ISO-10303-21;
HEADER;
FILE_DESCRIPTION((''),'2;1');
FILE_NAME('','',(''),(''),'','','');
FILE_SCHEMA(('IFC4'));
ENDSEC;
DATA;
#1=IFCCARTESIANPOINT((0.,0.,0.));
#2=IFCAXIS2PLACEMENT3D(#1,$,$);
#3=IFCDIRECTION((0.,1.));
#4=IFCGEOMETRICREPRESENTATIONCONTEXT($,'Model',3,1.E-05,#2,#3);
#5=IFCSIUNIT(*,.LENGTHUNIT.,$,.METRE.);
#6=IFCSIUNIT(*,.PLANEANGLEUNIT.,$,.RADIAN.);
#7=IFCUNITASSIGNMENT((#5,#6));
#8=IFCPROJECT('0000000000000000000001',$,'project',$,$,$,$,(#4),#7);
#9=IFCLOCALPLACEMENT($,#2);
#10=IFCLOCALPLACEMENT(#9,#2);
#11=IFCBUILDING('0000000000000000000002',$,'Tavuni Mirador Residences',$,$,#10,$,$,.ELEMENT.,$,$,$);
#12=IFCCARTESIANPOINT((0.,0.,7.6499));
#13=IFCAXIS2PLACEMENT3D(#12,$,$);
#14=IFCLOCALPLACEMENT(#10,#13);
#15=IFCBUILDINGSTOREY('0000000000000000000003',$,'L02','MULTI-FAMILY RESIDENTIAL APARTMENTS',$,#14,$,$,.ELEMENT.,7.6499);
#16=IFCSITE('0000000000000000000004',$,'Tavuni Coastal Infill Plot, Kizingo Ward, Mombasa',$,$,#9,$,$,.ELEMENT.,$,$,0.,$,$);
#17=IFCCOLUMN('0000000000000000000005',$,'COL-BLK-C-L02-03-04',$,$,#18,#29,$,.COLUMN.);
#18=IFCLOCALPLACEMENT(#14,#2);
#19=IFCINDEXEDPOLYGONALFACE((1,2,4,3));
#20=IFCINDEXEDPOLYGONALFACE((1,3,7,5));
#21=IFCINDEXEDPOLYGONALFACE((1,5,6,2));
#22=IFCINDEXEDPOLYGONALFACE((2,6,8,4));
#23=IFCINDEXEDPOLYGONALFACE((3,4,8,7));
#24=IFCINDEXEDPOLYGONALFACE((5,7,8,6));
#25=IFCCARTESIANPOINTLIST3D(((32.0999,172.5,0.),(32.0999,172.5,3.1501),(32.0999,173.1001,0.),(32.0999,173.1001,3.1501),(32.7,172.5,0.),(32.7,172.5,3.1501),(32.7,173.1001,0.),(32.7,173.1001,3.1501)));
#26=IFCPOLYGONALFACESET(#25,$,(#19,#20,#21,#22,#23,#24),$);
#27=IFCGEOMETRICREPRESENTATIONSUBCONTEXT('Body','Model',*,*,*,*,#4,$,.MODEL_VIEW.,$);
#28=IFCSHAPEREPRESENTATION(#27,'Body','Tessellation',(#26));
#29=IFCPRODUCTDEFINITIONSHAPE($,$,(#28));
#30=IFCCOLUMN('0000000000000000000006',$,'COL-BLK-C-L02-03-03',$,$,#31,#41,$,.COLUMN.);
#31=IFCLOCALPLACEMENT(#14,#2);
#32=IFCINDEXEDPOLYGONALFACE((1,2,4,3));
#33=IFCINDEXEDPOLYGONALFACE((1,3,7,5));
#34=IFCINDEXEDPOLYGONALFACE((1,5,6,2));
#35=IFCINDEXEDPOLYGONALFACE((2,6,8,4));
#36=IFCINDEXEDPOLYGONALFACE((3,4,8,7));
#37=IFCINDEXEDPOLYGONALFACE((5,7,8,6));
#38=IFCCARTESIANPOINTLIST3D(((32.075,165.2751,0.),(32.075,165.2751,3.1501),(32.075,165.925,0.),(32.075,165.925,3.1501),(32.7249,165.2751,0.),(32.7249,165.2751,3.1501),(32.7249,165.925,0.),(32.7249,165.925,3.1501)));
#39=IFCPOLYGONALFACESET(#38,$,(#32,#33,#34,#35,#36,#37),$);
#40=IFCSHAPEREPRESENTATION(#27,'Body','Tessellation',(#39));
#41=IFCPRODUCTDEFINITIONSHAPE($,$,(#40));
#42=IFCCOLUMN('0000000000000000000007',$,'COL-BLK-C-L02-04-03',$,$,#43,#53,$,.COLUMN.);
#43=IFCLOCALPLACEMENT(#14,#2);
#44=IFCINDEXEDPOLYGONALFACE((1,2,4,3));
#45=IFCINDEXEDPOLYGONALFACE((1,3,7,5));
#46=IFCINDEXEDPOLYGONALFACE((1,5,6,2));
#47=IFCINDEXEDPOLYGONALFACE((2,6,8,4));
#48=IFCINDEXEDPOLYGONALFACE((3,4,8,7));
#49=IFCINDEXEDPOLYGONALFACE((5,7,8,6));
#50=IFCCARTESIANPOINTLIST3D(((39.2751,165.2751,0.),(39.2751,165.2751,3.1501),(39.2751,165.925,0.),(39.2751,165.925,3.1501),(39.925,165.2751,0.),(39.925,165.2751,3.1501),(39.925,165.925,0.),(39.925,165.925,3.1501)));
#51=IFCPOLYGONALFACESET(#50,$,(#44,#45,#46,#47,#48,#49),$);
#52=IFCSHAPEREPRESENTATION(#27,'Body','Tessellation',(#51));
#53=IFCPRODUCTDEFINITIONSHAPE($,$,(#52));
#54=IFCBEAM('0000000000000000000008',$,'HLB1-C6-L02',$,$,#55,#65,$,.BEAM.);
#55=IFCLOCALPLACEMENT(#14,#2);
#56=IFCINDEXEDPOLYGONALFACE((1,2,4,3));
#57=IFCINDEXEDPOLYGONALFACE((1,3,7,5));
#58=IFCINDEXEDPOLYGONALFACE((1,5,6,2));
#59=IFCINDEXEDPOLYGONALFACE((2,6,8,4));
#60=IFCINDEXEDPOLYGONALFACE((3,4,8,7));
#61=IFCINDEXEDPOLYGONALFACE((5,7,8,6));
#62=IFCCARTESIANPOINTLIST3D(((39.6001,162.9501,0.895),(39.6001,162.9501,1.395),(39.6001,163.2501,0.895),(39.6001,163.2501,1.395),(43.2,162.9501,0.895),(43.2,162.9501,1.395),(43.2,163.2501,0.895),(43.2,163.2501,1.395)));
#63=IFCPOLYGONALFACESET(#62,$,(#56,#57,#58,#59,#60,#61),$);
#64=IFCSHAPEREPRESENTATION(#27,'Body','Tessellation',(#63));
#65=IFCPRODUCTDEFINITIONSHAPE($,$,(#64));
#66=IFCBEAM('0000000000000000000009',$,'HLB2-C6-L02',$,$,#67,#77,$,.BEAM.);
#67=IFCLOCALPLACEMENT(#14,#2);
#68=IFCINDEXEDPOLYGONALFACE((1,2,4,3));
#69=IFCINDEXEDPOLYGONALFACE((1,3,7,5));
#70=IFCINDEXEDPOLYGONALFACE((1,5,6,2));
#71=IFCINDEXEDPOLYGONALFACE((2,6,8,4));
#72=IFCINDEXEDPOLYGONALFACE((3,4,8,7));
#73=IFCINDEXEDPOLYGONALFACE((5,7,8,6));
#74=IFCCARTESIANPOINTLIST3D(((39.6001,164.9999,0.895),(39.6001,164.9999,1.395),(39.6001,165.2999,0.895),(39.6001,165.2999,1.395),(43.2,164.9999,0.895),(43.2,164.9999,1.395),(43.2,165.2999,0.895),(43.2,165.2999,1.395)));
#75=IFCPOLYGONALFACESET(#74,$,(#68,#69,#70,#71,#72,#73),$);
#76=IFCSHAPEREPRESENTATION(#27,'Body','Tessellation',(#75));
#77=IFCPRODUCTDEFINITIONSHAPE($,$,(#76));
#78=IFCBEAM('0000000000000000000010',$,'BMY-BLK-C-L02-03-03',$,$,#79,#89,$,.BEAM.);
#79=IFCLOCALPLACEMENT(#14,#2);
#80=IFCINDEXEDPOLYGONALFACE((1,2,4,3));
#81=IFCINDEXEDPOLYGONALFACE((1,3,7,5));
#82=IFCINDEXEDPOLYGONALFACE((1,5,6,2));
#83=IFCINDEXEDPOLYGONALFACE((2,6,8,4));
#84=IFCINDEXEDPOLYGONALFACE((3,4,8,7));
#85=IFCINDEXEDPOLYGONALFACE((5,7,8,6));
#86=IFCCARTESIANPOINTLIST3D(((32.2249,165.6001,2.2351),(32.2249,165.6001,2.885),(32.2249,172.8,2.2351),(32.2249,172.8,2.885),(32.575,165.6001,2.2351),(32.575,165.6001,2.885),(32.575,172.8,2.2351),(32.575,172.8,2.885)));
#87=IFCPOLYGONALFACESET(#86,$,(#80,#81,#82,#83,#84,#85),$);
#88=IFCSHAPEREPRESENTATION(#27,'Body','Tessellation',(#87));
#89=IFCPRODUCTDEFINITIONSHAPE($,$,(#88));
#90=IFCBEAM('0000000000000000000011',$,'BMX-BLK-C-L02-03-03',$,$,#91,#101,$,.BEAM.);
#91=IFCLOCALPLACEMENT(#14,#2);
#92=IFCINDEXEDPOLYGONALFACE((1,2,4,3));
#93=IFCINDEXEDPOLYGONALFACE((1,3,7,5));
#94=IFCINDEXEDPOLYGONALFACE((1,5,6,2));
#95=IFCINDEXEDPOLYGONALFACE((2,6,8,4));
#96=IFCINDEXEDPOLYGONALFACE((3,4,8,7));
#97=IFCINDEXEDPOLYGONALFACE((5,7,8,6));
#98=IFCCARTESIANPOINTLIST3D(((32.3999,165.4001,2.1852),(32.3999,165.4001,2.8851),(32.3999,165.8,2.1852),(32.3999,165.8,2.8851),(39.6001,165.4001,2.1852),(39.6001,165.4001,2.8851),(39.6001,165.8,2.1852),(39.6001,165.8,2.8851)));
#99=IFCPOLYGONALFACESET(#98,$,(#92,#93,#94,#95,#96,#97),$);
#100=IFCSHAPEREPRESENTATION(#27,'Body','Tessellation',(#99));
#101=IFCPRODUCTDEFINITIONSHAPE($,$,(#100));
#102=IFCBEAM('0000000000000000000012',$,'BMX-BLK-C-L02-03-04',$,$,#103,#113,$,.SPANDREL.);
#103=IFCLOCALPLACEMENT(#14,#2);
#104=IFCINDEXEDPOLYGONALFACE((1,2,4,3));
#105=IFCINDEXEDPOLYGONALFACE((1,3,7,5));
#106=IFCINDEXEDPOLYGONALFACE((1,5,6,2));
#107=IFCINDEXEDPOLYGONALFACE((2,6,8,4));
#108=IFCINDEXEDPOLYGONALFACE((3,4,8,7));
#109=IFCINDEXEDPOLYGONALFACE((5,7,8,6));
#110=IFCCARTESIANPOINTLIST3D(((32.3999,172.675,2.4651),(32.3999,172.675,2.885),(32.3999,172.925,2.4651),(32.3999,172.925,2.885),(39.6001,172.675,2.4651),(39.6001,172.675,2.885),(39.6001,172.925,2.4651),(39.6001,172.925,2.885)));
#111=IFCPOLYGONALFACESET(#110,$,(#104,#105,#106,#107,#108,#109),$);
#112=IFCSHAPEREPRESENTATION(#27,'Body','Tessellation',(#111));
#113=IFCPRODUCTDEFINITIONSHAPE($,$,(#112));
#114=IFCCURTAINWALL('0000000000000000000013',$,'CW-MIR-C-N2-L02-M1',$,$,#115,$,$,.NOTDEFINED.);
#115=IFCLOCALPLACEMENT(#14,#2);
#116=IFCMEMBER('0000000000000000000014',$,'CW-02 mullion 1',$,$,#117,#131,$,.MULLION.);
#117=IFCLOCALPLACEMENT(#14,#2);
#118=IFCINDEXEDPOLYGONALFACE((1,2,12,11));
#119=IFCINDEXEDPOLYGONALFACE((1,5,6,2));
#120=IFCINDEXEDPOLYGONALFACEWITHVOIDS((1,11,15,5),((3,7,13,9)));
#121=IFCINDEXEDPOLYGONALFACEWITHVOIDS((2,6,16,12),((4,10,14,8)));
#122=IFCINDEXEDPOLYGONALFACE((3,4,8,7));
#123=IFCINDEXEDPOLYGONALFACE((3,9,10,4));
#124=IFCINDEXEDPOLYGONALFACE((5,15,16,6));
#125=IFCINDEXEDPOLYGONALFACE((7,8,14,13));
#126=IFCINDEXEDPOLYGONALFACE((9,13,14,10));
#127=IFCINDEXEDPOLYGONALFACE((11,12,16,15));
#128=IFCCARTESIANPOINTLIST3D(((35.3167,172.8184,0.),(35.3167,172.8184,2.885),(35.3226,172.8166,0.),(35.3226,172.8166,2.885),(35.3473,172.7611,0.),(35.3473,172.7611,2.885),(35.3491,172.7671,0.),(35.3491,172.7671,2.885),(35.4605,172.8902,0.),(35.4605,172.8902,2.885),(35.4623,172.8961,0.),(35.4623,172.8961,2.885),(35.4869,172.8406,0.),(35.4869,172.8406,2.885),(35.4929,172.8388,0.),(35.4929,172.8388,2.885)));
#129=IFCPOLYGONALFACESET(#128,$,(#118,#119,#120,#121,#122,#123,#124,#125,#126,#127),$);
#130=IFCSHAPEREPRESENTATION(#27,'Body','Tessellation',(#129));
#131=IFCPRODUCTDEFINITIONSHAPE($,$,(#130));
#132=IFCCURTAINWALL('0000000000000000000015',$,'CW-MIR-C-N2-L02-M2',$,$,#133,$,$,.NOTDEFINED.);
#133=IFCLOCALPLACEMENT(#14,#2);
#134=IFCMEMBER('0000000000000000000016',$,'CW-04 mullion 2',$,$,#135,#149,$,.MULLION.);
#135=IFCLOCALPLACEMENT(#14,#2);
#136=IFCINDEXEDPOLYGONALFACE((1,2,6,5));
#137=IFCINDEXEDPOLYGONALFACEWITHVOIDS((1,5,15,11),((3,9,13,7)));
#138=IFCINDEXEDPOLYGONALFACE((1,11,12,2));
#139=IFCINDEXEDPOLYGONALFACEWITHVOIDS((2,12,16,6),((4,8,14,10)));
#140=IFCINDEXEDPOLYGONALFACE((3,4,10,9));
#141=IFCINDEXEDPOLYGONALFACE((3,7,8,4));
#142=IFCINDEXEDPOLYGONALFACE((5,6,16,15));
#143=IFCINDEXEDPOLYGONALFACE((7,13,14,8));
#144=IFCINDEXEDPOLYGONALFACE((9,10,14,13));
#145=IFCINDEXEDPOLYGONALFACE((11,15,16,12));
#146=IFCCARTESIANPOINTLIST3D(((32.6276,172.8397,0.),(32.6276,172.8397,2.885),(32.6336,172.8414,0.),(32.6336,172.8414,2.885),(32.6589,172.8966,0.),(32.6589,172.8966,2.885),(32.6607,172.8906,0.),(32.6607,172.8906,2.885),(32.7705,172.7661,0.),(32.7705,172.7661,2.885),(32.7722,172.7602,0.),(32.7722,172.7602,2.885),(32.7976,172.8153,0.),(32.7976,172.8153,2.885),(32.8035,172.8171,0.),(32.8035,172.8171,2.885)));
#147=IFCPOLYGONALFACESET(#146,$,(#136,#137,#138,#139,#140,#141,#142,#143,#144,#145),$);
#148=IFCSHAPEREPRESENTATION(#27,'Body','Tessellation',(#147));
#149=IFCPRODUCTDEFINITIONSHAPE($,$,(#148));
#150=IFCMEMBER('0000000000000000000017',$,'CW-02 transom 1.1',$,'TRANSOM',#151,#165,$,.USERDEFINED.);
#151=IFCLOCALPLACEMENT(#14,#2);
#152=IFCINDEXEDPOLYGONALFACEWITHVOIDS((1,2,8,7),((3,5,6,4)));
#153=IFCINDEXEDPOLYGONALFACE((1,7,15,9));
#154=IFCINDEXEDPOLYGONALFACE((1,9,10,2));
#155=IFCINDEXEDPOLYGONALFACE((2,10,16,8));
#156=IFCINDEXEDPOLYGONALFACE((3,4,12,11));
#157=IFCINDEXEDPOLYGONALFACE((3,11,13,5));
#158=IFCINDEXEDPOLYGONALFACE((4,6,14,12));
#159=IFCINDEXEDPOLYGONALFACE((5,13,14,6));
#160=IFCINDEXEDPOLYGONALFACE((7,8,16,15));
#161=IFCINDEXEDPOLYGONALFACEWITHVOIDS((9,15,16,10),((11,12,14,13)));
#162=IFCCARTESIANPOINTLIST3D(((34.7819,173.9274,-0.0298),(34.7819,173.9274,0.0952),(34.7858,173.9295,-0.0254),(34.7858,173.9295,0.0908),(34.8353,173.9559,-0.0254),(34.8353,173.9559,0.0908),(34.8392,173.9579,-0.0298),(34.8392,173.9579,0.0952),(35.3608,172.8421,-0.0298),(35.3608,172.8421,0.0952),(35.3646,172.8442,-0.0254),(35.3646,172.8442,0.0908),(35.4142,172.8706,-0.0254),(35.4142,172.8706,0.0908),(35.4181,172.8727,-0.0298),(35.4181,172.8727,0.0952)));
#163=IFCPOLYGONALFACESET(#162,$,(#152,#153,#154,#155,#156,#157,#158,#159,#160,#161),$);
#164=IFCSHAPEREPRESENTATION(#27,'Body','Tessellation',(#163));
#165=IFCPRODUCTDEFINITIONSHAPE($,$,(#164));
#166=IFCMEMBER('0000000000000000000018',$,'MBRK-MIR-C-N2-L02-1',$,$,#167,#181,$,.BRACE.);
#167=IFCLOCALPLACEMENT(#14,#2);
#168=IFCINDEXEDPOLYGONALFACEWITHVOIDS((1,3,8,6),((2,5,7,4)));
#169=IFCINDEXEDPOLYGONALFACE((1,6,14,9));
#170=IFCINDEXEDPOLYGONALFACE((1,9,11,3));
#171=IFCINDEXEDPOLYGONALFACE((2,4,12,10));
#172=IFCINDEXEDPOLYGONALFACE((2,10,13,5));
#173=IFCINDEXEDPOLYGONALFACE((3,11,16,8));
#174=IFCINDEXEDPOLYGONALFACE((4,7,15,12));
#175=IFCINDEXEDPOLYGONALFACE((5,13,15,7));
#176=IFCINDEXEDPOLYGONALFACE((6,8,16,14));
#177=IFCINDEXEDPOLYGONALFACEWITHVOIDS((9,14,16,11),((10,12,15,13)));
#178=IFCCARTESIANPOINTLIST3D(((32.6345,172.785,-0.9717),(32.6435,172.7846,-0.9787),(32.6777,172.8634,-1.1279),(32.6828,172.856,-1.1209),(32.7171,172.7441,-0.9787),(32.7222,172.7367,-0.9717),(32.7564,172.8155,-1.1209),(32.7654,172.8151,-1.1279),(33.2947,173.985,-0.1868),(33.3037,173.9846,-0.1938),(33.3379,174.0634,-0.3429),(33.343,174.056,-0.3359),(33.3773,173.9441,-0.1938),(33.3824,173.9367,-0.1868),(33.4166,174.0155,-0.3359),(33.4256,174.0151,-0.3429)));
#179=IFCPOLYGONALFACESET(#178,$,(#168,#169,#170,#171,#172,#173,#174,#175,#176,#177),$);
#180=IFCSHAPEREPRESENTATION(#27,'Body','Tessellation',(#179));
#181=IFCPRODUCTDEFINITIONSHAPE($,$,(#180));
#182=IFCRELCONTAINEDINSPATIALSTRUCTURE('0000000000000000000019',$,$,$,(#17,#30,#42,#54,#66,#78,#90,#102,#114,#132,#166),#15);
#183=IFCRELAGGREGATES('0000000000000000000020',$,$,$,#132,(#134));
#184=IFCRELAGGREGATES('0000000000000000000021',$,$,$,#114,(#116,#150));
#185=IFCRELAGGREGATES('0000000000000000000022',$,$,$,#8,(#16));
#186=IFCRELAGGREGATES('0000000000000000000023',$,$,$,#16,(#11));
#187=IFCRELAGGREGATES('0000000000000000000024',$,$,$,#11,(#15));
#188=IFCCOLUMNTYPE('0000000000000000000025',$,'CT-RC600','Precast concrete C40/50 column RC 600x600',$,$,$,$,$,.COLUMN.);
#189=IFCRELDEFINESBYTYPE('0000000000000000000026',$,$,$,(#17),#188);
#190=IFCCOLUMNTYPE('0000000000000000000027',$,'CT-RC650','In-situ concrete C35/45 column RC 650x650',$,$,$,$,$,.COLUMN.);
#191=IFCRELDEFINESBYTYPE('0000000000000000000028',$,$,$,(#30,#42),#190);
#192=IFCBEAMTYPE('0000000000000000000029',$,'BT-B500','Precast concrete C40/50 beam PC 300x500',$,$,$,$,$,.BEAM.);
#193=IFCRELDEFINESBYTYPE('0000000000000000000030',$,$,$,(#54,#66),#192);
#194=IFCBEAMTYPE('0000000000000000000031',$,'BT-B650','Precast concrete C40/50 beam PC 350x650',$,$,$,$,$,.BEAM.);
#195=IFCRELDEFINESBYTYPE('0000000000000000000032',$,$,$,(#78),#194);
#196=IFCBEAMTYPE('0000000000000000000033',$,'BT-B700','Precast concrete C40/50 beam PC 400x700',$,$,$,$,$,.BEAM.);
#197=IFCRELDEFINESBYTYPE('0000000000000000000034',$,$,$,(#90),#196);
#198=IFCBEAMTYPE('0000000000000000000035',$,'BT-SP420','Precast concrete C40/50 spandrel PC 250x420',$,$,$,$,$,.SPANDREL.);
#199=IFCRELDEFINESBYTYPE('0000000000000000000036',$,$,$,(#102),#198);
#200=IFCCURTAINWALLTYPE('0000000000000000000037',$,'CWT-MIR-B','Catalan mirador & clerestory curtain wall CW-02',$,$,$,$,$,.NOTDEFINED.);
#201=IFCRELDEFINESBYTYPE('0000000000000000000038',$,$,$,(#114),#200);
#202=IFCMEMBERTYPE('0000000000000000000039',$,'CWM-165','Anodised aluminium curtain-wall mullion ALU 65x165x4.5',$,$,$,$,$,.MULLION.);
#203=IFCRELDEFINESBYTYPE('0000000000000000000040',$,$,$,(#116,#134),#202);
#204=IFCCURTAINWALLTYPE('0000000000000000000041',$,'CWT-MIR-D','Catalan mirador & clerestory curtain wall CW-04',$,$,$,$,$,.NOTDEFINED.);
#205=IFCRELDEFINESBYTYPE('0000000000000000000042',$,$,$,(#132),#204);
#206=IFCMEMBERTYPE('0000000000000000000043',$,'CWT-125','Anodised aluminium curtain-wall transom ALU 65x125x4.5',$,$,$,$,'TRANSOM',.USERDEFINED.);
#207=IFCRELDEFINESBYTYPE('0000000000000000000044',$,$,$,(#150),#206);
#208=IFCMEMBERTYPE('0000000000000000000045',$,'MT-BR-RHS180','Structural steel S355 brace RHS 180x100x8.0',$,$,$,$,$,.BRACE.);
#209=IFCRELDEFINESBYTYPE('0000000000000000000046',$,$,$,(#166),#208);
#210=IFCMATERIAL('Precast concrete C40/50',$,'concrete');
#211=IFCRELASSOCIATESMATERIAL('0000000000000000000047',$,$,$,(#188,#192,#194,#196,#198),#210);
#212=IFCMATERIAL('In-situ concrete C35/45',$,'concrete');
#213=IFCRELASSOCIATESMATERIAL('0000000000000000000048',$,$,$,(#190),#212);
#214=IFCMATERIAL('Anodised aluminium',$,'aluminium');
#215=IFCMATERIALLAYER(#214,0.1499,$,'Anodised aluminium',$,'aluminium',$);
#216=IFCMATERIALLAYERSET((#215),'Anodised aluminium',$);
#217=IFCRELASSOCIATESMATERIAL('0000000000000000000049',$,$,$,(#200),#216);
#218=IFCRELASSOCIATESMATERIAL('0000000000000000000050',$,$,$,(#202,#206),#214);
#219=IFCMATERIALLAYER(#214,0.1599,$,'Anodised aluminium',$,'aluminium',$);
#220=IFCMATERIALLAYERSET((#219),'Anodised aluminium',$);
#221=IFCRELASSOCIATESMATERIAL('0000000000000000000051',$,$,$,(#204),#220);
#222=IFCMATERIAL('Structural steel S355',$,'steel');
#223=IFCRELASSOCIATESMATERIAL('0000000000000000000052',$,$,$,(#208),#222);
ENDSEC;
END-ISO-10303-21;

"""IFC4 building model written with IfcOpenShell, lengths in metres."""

from ifc_helpers import new_model, si_unit, direction, frame, origin, origin_2d, place, context, subcontext, project, spatial, rectangle, hollow_rectangle, extrude, material, layer, layer_set, material_profile, profile_set, type_object, element, aggregate, save


model = new_model("IFC4")

# Units and contexts
model_context = context("Model", 3, precision=1e-05, world=origin(), true_north=direction((0.0, 1.0)))
body_context = subcontext(model_context, "Body", "Model", "MODEL_VIEW")
ifc_project = project(units=[si_unit("LENGTHUNIT", "METRE"), si_unit("PLANEANGLEUNIT", "RADIAN")], contexts=[model_context])

# Site, building, storey
site_placement = place(None, origin())
site = spatial("IfcSite", under=ifc_project, at=site_placement, Name="Tavuni Coastal Infill Plot, Kizingo Ward, Mombasa", CompositionType="ELEMENT", RefElevation=0.0)
building_placement = place(site_placement, origin())
building = spatial("IfcBuilding", under=site, at=building_placement, Name="Tavuni Mirador Residences", CompositionType="ELEMENT")
storey_placement = place(building_placement, frame((0.0, 0.0, 7.6499)))
storey = spatial("IfcBuildingStorey", under=building, at=storey_placement, Name="L02", Description="MULTI-FAMILY RESIDENTIAL APARTMENTS", CompositionType="ELEMENT", Elevation=7.6499)

# Columns
ifc_material_1 = material(Name="Precast concrete C40/50", Category="concrete")
ifc_material_profile_1 = material_profile(ifc_material_1, rectangle(XDim=0.6001, YDim=0.6001, at=origin_2d()), Name="RC 600x600", Category="concrete")
ifc_profile_set_1 = profile_set([ifc_material_profile_1], Name="Precast concrete C40/50")
column_type_1 = type_object("IfcColumnType", Name="CT-RC600", Description="Precast concrete C40/50 column RC 600x600", PredefinedType="COLUMN", material=ifc_profile_set_1)
column_placement = place(storey_placement, frame((32.3999, 172.8, 0.0), z_axis=(0.0, 0.0, 1.0), x_axis=(1.0, 0.0, 0.0)))
element("IfcColumn", 1, at=column_placement, inside=storey, type_object=column_type_1, Name="COL-BLK-C-L02-03-04", PredefinedType="COLUMN", context=body_context, shape_type="SweptSolid", body=[
    extrude(rectangle(XDim=0.6001, YDim=0.6001, at=origin_2d()), origin(), (0.0, 0.0, 1.0), 3.1501),
])
ifc_material_2 = material(Name="In-situ concrete C35/45", Category="concrete")
ifc_material_profile_2 = material_profile(ifc_material_2, rectangle(XDim=0.6499, YDim=0.6499, at=origin_2d()), Name="RC 650x650", Category="concrete")
ifc_profile_set_2 = profile_set([ifc_material_profile_2], Name="In-situ concrete C35/45")
column_type_2 = type_object("IfcColumnType", Name="CT-RC650", Description="In-situ concrete C35/45 column RC 650x650", PredefinedType="COLUMN", material=ifc_profile_set_2)
for number, where, z_axis, x_axis, name in (
    (2, (32.3999, 165.6001, 0.0), (0.0, 0.0, 1.0), (1.0, 0.0, 0.0), "COL-BLK-C-L02-03-03"),
    (3, (39.6001, 165.6001, 0.0), (0.0, 0.0, 1.0), (1.0, 0.0, 0.0), "COL-BLK-C-L02-04-03"),
):
    element("IfcColumn", number, at=place(storey_placement, frame(where, z_axis=z_axis, x_axis=x_axis)), inside=storey, type_object=column_type_2, Name=name, PredefinedType="COLUMN", context=body_context, shape_type="SweptSolid", body=[
        extrude(rectangle(XDim=0.6499, YDim=0.6499, at=origin_2d()), origin(), (0.0, 0.0, 1.0), 3.1501),
    ])

# Beams
ifc_material_profile_3 = material_profile(ifc_material_1, rectangle(XDim=0.3, YDim=0.5, at=origin_2d()), Name="PC 300x500", Category="concrete")
ifc_profile_set_3 = profile_set([ifc_material_profile_3], Name="Precast concrete C40/50")
beam_type_1 = type_object("IfcBeamType", Name="BT-B500", Description="Precast concrete C40/50 beam PC 300x500", PredefinedType="BEAM", material=ifc_profile_set_3)
for number, where, z_axis, x_axis, name in (
    (4, (39.6001, 163.1001, 1.145), (1.0, 0.0, 0.0), (0.0, 1.0, 0.0), "HLB1-C6-L02"),
    (5, (39.6001, 165.1499, 1.145), (1.0, 0.0, 0.0), (0.0, 1.0, 0.0), "HLB2-C6-L02"),
):
    element("IfcBeam", number, at=place(storey_placement, frame(where, z_axis=z_axis, x_axis=x_axis)), inside=storey, type_object=beam_type_1, Name=name, PredefinedType="BEAM", context=body_context, shape_type="SweptSolid", body=[
        extrude(rectangle(XDim=0.3, YDim=0.5, at=origin_2d()), origin(), (0.0, 0.0, 1.0), 3.5999),
    ])
ifc_material_profile_4 = material_profile(ifc_material_1, rectangle(XDim=0.3501, YDim=0.6499, at=origin_2d()), Name="PC 350x650", Category="concrete")
ifc_profile_set_4 = profile_set([ifc_material_profile_4], Name="Precast concrete C40/50")
beam_type_2 = type_object("IfcBeamType", Name="BT-B650", Description="Precast concrete C40/50 beam PC 350x650", PredefinedType="BEAM", material=ifc_profile_set_4)
beam_1_placement = place(storey_placement, frame((32.3999, 165.6001, 2.5601), z_axis=(0.0, 1.0, 0.0), x_axis=(-1.0, 0.0, 0.0)))
element("IfcBeam", 6, at=beam_1_placement, inside=storey, type_object=beam_type_2, Name="BMY-BLK-C-L02-03-03", PredefinedType="BEAM", context=body_context, shape_type="SweptSolid", body=[
    extrude(rectangle(XDim=0.3501, YDim=0.6499, at=origin_2d()), origin(), (0.0, 0.0, 1.0), 7.2),
])
ifc_material_profile_5 = material_profile(ifc_material_1, rectangle(XDim=0.3999, YDim=0.7, at=origin_2d()), Name="PC 400x700", Category="concrete")
ifc_profile_set_5 = profile_set([ifc_material_profile_5], Name="Precast concrete C40/50")
beam_type_3 = type_object("IfcBeamType", Name="BT-B700", Description="Precast concrete C40/50 beam PC 400x700", PredefinedType="BEAM", material=ifc_profile_set_5)
beam_2_placement = place(storey_placement, frame((32.3999, 165.6001, 2.5352), z_axis=(1.0, 0.0, 0.0), x_axis=(0.0, 1.0, 0.0)))
element("IfcBeam", 7, at=beam_2_placement, inside=storey, type_object=beam_type_3, Name="BMX-BLK-C-L02-03-03", PredefinedType="BEAM", context=body_context, shape_type="SweptSolid", body=[
    extrude(rectangle(XDim=0.3999, YDim=0.7, at=origin_2d()), origin(), (0.0, 0.0, 1.0), 7.2002),
])
ifc_material_profile_6 = material_profile(ifc_material_1, rectangle(XDim=0.25, YDim=0.4199, at=origin_2d()), Name="PC 250x420", Category="concrete")
ifc_profile_set_6 = profile_set([ifc_material_profile_6], Name="Precast concrete C40/50")
beam_type_4 = type_object("IfcBeamType", Name="BT-SP420", Description="Precast concrete C40/50 spandrel PC 250x420", PredefinedType="SPANDREL", material=ifc_profile_set_6)
beam_3_placement = place(storey_placement, frame((32.3999, 172.8, 2.675), z_axis=(1.0, 0.0, 0.0), x_axis=(0.0, 1.0, 0.0)))
element("IfcBeam", 8, at=beam_3_placement, inside=storey, type_object=beam_type_4, Name="BMX-BLK-C-L02-03-04", PredefinedType="SPANDREL", context=body_context, shape_type="SweptSolid", body=[
    extrude(rectangle(XDim=0.25, YDim=0.4199, at=origin_2d()), origin(), (0.0, 0.0, 1.0), 7.2002),
])

# Curtain walls, members
ifc_material_3 = material(Name="Anodised aluminium", Category="aluminium")
ifc_layer_1 = layer(ifc_material_3, 0.1499, Name="Anodised aluminium", Category="aluminium")
ifc_layer_set_1 = layer_set([ifc_layer_1], Name="Anodised aluminium")
curtain_wall_type_1 = type_object("IfcCurtainWallType", Name="CWT-MIR-B", Description="Catalan mirador & clerestory curtain wall CW-02", PredefinedType="NOTDEFINED", material=ifc_layer_set_1)
curtain_wall_1_placement = place(storey_placement, origin())
curtain_wall_1 = element("IfcCurtainWall", 9, at=curtain_wall_1_placement, inside=storey, type_object=curtain_wall_type_1, Name="CW-MIR-C-N2-L02-M1", PredefinedType="NOTDEFINED")
ifc_material_profile_7 = material_profile(ifc_material_3, hollow_rectangle(XDim=0.0649, YDim=0.165, WallThickness=0.0044, at=origin_2d()), Name="ALU 65x165x4.5", Category="aluminium")
ifc_profile_set_7 = profile_set([ifc_material_profile_7], Name="Anodised aluminium")
member_type_1 = type_object("IfcMemberType", Name="CWM-165", Description="Anodised aluminium curtain-wall mullion ALU 65x165x4.5", PredefinedType="MULLION", material=ifc_profile_set_7)
member_1_placement = place(storey_placement, frame((35.4048, 172.8286, 0.0), z_axis=(0.0, 0.0, 1.0), x_axis=(-0.470588, 0.882353, 0.0)))
member_1 = element("IfcMember", 10, at=member_1_placement, type_object=member_type_1, Name="CW-02 mullion 1", PredefinedType="MULLION", context=body_context, shape_type="SweptSolid", body=[
    extrude(hollow_rectangle(XDim=0.0649, YDim=0.165, WallThickness=0.0044, at=origin_2d()), origin(), (0.0, 0.0, 1.0), 2.885),
])
ifc_layer_2 = layer(ifc_material_3, 0.1599, Name="Anodised aluminium", Category="aluminium")
ifc_layer_set_2 = layer_set([ifc_layer_2], Name="Anodised aluminium")
curtain_wall_type_2 = type_object("IfcCurtainWallType", Name="CWT-MIR-D", Description="Catalan mirador & clerestory curtain wall CW-04", PredefinedType="NOTDEFINED", material=ifc_layer_set_2)
curtain_wall_2_placement = place(storey_placement, origin())
curtain_wall_2 = element("IfcCurtainWall", 11, at=curtain_wall_2_placement, inside=storey, type_object=curtain_wall_type_2, Name="CW-MIR-C-N2-L02-M2", PredefinedType="NOTDEFINED")
member_2_placement = place(storey_placement, frame((32.7156, 172.8284, 0.0), z_axis=(0.0, 0.0, 1.0), x_axis=(-0.481919, -0.876216, 0.0)))
member_2 = element("IfcMember", 12, at=member_2_placement, type_object=member_type_1, Name="CW-04 mullion 2", PredefinedType="MULLION", context=body_context, shape_type="SweptSolid", body=[
    extrude(hollow_rectangle(XDim=0.0649, YDim=0.165, WallThickness=0.0044, at=origin_2d()), origin(), (0.0, 0.0, 1.0), 2.885),
])
aggregate(curtain_wall_2, [member_2])

# Member
ifc_material_profile_8 = material_profile(ifc_material_3, hollow_rectangle(XDim=0.0649, YDim=0.125, WallThickness=0.0044, at=origin_2d()), Name="ALU 65x125x4.5", Category="aluminium")
ifc_profile_set_8 = profile_set([ifc_material_profile_8], Name="Anodised aluminium")
member_type_2 = type_object("IfcMemberType", Name="CWT-125", Description="Anodised aluminium curtain-wall transom ALU 65x125x4.5", ElementType="TRANSOM", PredefinedType="USERDEFINED", material=ifc_profile_set_8)
member_3_placement = place(storey_placement, frame((35.3894, 172.8574, 0.0327), z_axis=(-0.47064, 0.882325, 0.0), x_axis=(-0.882325, -0.47064, 0.0)))
member_3 = element("IfcMember", 13, at=member_3_placement, type_object=member_type_2, Name="CW-02 transom 1.1", ObjectType="TRANSOM", PredefinedType="USERDEFINED", context=body_context, shape_type="SweptSolid", body=[
    extrude(hollow_rectangle(XDim=0.0649, YDim=0.125, WallThickness=0.0044, at=origin_2d()), origin(), (0.0, 0.0, 1.0), 1.23),
])
aggregate(curtain_wall_1, [member_1, member_3])

# Member
ifc_material_4 = material(Name="Structural steel S355", Category="steel")
ifc_material_profile_9 = material_profile(ifc_material_4, hollow_rectangle(XDim=0.1001, YDim=0.1799, WallThickness=0.0081, at=origin_2d()), Name="RHS 180x100x8.0", Category="steel")
ifc_profile_set_9 = profile_set([ifc_material_profile_9], Name="Structural steel S355")
member_type_3 = type_object("IfcMemberType", Name="MT-BR-RHS180", Description="Structural steel S355 brace RHS 180x100x8.0", PredefinedType="BRACE", material=ifc_profile_set_9)
member_4_placement = place(storey_placement, frame((32.7, 172.8, -1.0498), z_axis=(0.418208, 0.760167, 0.497241), x_axis=(-0.876159, 0.482021, 0.0)))
element("IfcMember", 14, at=member_4_placement, inside=storey, type_object=member_type_3, Name="MBRK-MIR-C-N2-L02-1", PredefinedType="BRACE", context=body_context, shape_type="SweptSolid", body=[
    extrude(hollow_rectangle(XDim=0.1001, YDim=0.1799, WallThickness=0.0081, at=origin_2d()), origin(), (0.0, 0.0, 1.0), 1.5786),
])

save(model, "model.ifc")
